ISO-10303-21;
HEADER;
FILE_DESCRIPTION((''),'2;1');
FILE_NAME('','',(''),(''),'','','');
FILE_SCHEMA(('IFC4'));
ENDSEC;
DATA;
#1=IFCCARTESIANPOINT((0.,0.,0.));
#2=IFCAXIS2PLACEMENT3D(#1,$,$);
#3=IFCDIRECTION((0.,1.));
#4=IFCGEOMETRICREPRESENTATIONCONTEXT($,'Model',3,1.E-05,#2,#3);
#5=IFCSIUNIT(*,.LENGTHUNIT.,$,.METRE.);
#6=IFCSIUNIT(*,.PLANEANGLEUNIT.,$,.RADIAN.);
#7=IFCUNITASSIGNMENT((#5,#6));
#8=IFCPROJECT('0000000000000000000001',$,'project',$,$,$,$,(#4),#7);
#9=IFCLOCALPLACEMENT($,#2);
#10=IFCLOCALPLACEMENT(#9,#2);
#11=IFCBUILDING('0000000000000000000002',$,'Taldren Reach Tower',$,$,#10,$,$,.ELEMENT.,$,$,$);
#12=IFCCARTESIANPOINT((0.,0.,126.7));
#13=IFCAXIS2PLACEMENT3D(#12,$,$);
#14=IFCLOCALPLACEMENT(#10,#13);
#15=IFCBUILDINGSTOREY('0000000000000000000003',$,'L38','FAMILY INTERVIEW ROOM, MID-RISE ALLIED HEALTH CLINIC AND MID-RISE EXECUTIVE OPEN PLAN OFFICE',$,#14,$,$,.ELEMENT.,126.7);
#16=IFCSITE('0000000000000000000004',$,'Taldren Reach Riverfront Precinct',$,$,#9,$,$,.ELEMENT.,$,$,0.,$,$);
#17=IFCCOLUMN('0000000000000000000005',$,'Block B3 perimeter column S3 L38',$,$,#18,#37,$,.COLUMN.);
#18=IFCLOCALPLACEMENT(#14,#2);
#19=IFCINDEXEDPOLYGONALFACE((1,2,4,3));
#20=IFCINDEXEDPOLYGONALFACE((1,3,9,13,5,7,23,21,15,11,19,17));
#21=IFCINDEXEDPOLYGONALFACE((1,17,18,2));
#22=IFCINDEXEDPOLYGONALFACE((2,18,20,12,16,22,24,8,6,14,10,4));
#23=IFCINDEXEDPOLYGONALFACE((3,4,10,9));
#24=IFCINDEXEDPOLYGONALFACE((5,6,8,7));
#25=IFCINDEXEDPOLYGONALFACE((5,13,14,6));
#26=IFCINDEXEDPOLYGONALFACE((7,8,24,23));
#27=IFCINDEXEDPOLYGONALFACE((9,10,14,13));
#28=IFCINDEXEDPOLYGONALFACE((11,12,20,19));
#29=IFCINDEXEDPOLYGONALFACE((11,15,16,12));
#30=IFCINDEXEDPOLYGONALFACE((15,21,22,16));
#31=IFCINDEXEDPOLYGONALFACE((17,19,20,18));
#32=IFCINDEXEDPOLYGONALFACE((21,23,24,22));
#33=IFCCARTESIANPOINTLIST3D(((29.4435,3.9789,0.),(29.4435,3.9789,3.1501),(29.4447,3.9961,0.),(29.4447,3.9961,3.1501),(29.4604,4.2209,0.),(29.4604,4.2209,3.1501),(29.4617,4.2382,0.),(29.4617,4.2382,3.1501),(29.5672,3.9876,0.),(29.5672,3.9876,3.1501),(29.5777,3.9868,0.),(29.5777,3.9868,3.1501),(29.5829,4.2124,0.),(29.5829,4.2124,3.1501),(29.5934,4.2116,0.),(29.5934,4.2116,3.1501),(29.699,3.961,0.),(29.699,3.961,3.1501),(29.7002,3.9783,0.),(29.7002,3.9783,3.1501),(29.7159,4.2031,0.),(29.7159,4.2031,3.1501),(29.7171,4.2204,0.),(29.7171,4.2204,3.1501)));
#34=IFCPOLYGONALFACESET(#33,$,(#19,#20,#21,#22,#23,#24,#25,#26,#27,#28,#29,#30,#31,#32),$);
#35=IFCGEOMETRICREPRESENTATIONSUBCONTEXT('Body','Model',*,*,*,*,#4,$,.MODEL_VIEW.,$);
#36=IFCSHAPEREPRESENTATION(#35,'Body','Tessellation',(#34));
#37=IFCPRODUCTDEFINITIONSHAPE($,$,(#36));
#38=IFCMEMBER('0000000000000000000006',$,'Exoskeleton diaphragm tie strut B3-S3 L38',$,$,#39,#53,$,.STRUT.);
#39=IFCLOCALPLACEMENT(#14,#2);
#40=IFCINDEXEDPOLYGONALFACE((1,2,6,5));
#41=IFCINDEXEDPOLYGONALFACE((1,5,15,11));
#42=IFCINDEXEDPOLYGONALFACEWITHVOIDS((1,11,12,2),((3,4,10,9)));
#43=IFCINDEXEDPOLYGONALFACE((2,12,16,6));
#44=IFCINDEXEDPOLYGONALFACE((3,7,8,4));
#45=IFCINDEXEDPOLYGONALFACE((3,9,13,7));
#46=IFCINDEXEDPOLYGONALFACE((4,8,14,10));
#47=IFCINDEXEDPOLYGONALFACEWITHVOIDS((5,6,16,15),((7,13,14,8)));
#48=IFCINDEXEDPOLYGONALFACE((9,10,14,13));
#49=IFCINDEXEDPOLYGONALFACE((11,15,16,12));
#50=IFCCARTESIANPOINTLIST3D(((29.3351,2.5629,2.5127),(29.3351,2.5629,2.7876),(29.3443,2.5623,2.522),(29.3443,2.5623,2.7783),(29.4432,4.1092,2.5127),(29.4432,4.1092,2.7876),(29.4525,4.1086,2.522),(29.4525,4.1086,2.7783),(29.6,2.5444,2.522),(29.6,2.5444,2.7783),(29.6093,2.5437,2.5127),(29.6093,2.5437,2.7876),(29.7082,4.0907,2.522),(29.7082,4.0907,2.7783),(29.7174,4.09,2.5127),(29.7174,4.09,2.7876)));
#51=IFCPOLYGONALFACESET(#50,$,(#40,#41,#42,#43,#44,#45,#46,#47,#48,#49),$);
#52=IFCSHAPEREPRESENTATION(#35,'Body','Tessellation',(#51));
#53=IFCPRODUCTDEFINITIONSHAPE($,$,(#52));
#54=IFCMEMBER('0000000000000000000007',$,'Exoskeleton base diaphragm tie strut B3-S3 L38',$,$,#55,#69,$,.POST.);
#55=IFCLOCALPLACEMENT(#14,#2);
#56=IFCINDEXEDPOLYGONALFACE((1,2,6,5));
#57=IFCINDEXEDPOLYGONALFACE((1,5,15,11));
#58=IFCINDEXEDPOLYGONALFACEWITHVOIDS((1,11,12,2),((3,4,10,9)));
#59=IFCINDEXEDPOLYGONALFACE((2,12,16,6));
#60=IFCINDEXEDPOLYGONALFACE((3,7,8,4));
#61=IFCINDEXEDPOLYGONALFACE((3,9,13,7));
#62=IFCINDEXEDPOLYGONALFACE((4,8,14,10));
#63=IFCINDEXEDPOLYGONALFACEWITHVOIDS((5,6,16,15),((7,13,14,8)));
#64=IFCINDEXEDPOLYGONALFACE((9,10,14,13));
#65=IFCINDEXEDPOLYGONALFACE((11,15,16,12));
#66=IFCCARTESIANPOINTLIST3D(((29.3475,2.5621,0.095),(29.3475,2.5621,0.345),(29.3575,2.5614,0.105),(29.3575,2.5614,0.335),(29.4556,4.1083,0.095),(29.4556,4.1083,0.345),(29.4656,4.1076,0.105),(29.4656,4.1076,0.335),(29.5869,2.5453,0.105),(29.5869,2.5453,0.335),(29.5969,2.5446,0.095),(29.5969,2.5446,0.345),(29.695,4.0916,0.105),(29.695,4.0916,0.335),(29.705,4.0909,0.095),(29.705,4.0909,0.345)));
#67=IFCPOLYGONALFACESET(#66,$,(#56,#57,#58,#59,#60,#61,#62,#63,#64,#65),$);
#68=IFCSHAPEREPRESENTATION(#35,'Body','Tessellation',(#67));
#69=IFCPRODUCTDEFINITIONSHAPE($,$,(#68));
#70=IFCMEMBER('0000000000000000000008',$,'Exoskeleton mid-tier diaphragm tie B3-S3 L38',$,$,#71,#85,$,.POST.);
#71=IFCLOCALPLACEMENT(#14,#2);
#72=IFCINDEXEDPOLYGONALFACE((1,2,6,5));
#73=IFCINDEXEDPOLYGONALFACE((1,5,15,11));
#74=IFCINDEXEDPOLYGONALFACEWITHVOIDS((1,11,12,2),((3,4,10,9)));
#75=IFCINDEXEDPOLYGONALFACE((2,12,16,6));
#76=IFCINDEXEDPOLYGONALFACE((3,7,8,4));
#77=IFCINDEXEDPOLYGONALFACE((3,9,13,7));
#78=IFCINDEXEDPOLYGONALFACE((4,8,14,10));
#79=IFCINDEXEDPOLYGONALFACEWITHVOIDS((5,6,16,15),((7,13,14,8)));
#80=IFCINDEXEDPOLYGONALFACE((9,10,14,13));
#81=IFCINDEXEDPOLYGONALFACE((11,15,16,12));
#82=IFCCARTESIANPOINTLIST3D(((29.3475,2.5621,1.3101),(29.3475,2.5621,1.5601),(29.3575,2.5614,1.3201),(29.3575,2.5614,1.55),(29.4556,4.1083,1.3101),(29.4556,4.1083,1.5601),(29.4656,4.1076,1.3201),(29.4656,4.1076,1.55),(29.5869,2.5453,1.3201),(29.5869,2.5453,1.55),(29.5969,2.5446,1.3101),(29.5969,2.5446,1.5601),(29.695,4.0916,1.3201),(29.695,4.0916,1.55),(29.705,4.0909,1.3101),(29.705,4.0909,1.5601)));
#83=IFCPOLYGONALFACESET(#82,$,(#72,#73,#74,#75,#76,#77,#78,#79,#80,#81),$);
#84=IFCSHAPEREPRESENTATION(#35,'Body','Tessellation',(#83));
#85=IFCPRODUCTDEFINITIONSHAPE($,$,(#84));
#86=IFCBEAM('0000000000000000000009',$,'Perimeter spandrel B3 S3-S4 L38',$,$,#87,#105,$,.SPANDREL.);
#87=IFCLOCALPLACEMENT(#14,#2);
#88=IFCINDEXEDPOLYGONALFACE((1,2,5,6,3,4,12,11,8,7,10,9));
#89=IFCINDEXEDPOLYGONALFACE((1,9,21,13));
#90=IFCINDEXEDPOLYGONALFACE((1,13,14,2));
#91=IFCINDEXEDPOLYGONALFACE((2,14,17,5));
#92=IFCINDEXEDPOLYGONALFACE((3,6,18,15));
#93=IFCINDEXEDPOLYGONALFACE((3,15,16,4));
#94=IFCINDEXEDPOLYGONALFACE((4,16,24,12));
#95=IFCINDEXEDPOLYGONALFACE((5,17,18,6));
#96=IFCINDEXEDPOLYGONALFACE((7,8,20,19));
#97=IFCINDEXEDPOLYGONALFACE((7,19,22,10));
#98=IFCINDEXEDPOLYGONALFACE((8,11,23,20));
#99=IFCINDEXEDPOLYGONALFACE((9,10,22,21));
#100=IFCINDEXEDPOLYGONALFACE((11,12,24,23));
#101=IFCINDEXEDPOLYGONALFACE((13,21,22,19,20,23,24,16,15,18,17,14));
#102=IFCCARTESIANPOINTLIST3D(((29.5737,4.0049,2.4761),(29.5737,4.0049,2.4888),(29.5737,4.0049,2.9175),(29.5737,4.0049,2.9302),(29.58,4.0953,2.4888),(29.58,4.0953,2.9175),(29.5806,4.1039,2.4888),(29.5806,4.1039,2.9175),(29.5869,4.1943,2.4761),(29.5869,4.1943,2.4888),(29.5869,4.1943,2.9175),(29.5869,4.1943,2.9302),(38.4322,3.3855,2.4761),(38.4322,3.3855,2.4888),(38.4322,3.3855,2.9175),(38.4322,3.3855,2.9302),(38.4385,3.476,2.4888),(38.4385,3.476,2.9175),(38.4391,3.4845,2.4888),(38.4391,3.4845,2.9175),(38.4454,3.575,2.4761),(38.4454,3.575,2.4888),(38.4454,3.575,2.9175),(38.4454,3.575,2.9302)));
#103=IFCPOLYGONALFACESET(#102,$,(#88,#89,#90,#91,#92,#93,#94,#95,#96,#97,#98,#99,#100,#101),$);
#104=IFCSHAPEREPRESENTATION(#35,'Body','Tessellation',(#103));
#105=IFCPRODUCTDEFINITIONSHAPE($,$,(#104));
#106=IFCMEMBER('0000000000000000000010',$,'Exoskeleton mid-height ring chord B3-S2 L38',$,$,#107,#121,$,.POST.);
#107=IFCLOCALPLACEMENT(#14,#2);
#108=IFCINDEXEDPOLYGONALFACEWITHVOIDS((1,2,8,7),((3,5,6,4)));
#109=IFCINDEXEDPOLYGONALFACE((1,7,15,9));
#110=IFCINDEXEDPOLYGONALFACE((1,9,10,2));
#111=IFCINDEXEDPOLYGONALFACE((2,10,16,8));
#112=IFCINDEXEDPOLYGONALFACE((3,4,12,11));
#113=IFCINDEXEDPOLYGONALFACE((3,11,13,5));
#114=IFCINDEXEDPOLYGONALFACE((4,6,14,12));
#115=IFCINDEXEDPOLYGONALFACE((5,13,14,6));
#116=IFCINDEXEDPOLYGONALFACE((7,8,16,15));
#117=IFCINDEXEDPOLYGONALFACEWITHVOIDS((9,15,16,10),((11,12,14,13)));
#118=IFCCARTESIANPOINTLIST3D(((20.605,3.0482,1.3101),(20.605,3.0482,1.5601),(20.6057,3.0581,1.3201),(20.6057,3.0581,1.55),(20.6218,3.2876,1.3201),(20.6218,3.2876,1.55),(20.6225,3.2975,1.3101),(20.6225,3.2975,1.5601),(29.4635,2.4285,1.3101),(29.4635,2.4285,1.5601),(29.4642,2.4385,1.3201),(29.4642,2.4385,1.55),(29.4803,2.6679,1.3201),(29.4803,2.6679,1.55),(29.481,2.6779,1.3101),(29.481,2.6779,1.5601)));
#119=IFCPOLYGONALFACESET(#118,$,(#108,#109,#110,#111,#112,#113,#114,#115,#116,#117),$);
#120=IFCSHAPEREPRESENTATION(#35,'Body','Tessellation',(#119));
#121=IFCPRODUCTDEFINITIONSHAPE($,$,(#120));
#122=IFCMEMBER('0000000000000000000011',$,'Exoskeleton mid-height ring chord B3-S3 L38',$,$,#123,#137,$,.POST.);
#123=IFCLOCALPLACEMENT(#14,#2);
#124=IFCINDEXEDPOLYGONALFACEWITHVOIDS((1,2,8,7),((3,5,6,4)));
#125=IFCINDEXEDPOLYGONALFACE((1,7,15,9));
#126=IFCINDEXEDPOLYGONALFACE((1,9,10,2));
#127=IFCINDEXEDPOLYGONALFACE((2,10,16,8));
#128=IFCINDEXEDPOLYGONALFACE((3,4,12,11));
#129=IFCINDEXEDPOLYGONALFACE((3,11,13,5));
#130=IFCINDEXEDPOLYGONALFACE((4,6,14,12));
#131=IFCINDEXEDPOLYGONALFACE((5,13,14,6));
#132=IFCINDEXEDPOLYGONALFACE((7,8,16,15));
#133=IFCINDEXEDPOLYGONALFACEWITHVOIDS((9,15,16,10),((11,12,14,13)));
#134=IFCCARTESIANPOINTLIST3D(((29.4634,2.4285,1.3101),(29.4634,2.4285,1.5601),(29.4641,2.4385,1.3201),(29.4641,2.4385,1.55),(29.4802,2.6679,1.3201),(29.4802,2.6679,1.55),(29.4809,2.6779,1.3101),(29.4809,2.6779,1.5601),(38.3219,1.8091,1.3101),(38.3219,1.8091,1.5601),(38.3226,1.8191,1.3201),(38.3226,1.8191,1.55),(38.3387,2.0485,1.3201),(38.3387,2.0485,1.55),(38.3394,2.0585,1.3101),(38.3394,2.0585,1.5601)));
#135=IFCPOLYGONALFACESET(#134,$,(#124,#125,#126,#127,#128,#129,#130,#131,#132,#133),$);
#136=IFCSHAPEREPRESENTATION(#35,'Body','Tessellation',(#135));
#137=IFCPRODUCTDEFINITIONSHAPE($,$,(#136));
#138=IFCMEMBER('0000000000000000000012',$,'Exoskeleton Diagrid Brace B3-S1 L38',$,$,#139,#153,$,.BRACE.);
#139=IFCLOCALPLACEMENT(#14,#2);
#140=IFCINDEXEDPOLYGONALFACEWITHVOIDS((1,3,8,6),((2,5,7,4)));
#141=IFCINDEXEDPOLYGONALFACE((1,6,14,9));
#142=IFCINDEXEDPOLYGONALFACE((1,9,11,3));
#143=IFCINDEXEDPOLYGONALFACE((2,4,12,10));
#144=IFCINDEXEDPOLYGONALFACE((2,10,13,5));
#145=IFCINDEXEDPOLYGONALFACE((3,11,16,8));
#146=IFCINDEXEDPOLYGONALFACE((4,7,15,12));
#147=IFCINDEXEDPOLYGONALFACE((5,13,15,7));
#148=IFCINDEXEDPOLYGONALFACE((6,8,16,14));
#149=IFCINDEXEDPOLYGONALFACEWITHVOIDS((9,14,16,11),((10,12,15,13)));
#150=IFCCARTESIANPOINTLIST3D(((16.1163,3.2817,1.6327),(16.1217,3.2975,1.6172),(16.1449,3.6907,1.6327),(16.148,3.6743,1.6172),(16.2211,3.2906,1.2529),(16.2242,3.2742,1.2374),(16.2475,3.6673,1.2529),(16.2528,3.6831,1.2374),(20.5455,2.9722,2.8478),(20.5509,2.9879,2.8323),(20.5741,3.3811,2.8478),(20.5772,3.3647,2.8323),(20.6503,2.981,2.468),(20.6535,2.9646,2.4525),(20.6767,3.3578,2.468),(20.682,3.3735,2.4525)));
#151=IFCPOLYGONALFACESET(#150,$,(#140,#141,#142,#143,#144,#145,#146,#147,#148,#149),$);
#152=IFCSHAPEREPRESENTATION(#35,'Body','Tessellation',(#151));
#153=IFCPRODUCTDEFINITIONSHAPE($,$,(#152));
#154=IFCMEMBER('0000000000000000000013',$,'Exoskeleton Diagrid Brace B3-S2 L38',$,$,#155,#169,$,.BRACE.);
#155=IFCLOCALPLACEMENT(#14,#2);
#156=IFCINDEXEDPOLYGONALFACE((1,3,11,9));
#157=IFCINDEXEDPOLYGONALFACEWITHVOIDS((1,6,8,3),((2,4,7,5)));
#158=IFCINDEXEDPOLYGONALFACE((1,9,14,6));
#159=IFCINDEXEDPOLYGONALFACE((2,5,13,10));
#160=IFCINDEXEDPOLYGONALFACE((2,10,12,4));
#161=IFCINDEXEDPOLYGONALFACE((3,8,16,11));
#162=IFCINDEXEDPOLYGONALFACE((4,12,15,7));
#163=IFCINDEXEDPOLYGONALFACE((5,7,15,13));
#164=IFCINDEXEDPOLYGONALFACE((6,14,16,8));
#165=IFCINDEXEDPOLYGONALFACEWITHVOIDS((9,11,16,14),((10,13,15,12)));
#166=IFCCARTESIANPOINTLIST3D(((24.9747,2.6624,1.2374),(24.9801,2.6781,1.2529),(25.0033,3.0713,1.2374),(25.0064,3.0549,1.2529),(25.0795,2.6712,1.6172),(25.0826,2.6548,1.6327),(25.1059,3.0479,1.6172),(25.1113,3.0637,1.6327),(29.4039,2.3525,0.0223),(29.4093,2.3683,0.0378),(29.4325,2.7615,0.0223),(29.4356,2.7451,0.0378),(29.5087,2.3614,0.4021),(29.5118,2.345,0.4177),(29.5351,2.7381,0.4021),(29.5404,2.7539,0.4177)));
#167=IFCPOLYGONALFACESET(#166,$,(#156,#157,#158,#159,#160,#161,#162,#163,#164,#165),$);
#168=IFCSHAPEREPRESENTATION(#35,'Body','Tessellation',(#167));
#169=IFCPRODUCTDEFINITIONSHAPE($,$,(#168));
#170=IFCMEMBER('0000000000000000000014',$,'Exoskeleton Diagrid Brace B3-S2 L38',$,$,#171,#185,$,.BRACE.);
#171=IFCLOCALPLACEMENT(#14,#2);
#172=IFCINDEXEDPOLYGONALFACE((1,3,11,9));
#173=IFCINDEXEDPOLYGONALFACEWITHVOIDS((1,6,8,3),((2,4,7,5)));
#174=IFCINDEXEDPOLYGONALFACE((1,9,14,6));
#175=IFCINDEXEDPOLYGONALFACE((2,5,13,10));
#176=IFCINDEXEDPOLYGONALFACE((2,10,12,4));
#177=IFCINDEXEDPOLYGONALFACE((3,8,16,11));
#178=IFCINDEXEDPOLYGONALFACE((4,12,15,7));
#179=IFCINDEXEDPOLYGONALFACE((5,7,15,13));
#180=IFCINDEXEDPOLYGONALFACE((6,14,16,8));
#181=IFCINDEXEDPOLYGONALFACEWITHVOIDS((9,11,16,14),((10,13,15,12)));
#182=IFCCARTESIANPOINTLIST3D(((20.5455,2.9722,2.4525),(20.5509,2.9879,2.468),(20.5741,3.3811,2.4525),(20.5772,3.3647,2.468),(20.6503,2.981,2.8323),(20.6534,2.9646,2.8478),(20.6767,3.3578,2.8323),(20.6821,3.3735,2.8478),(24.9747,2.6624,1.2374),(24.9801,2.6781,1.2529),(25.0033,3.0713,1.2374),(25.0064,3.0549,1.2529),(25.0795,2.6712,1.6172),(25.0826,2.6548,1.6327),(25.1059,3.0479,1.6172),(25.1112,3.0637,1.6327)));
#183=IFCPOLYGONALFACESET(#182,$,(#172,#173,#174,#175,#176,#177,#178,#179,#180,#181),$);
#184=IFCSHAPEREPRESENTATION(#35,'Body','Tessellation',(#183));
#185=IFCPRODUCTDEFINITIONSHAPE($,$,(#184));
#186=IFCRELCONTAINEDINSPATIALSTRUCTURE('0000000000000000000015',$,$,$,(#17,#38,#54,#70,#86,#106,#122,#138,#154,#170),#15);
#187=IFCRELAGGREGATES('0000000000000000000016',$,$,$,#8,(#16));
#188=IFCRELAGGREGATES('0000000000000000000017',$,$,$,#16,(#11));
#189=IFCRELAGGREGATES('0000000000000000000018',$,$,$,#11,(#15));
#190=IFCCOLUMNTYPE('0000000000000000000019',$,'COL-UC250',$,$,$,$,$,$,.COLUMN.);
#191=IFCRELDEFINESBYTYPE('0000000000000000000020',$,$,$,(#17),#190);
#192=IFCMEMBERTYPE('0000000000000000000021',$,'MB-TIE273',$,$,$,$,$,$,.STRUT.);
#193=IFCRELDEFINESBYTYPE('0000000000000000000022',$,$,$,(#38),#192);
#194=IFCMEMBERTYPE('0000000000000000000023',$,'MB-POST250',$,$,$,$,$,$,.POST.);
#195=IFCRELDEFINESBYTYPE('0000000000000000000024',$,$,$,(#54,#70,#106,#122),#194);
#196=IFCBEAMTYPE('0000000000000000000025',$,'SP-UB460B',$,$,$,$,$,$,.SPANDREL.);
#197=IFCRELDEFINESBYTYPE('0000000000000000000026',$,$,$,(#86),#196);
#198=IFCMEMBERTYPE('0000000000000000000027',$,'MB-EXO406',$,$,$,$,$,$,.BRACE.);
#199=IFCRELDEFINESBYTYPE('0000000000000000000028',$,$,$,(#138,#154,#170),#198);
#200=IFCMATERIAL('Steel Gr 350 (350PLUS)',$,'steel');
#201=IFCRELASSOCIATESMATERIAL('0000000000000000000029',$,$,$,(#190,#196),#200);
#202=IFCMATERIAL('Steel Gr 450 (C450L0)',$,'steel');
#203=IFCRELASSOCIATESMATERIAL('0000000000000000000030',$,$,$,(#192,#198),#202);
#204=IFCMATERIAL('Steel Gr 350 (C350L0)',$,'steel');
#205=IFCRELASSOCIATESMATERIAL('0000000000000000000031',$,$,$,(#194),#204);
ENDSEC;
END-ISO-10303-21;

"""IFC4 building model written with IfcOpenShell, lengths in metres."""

from ifc_helpers import new_model, si_unit, direction, frame, origin, origin_2d, place, context, subcontext, project, spatial, hollow_rectangle, i_section, extrude, source, transform, mapped, material, material_profile, profile_set, type_object, element, save


model = new_model("IFC4")

# Units and contexts
model_context = context("Model", 3, precision=1e-05, world=origin(), true_north=direction((0.0, 1.0)))
body_context = subcontext(model_context, "Body", "Model", "MODEL_VIEW")
ifc_project = project(units=[si_unit("LENGTHUNIT", "METRE"), si_unit("PLANEANGLEUNIT", "RADIAN")], contexts=[model_context])

# Site, building, storey
site_placement = place(None, origin())
site = spatial("IfcSite", under=ifc_project, at=site_placement, Name="Taldren Reach Riverfront Precinct", CompositionType="ELEMENT", RefElevation=0.0)
building_placement = place(site_placement, origin())
building = spatial("IfcBuilding", under=site, at=building_placement, Name="Taldren Reach Tower", CompositionType="ELEMENT")
storey_placement = place(building_placement, frame((0.0, 0.0, 126.7)))
storey = spatial("IfcBuildingStorey", under=building, at=storey_placement, Name="L38", Description="FAMILY INTERVIEW ROOM, MID-RISE ALLIED HEALTH CLINIC AND MID-RISE EXECUTIVE OPEN PLAN OFFICE", CompositionType="ELEMENT", Elevation=126.7)

# Column
ifc_material_1 = material(Name="Steel Gr 350 (350PLUS)", Category="steel")
ifc_material_profile_1 = material_profile(ifc_material_1, i_section(OverallWidth=0.2561, OverallDepth=0.26, WebThickness=0.0105, FlangeThickness=0.0173, at=origin_2d()), Name="250UC89.5")
ifc_profile_set_1 = profile_set([ifc_material_profile_1], Name="Steel Gr 350 (350PLUS)")
column_type = type_object("IfcColumnType", Name="COL-UC250", PredefinedType="COLUMN", material=ifc_profile_set_1)
shared_shape_1 = source(origin(), body_context, "Body", "SweptSolid", [
    extrude(i_section(OverallWidth=0.2561, OverallDepth=0.26, WebThickness=0.0105, FlangeThickness=0.0173, at=origin_2d()), origin(), (0.0, 0.0, 1.0), 3.1501),
])
column_placement = place(storey_placement, frame((29.5803, 4.0996, 0.0), z_axis=(0.0, 0.0, 1.0), x_axis=(0.997564, -0.069756, 0.0)))
element("IfcColumn", 1, at=column_placement, inside=storey, type_object=column_type, Name="Block B3 perimeter column S3 L38", PredefinedType="COLUMN", context=body_context, shape_type="MappedRepresentation", body=[
    mapped(shared_shape_1, transform((0.0, 0.0, 0.0), scale=1.0)),
])

# Members
ifc_material_2 = material(Name="Steel Gr 450 (C450L0)", Category="steel")
ifc_material_profile_2 = material_profile(ifc_material_2, hollow_rectangle(XDim=0.2749, YDim=0.2749, WallThickness=0.0093, at=origin_2d()), Name="275x275x9.3SHS")
ifc_profile_set_2 = profile_set([ifc_material_profile_2], Name="Steel Gr 450 (C450L0)")
member_type_1 = type_object("IfcMemberType", Name="MB-TIE273", PredefinedType="STRUT", material=ifc_profile_set_2)
shared_shape_2 = source(origin(), body_context, "Body", "SweptSolid", [
    extrude(hollow_rectangle(XDim=0.2749, YDim=0.2749, WallThickness=0.0093, at=origin_2d()), origin(), (0.0, 0.0, 1.0), 1.55),
])
member_1_placement = place(storey_placement, frame((29.5803, 4.0996, 2.6501), z_axis=(-0.06977, -0.997563, 0.0), x_axis=(0.997563, -0.06977, 0.0)))
element("IfcMember", 2, at=member_1_placement, inside=storey, type_object=member_type_1, Name="Exoskeleton diaphragm tie strut B3-S3 L38", PredefinedType="STRUT", context=body_context, shape_type="MappedRepresentation", body=[
    mapped(shared_shape_2, transform((0.0, 0.0, 0.0), scale=1.0)),
])
ifc_material_3 = material(Name="Steel Gr 350 (C350L0)", Category="steel")
ifc_material_profile_3 = material_profile(ifc_material_3, hollow_rectangle(XDim=0.25, YDim=0.25, WallThickness=0.01, at=origin_2d()), Name="250x250x10.0SHS")
ifc_profile_set_3 = profile_set([ifc_material_profile_3], Name="Steel Gr 350 (C350L0)")
member_type_2 = type_object("IfcMemberType", Name="MB-POST250", PredefinedType="POST", material=ifc_profile_set_3)
shared_shape_3 = source(origin(), body_context, "Body", "SweptSolid", [
    extrude(hollow_rectangle(XDim=0.25, YDim=0.25, WallThickness=0.01, at=origin_2d()), origin(), (0.0, 0.0, 1.0), 1.55),
])
for number, where, z_axis, x_axis, name in (
    (3, (29.5803, 4.0996, 0.22), (-0.06977, -0.997563, 0.0), (0.997563, -0.06977, 0.0), "Exoskeleton base diaphragm tie strut B3-S3 L38"),
    (4, (29.5803, 4.0996, 1.4351), (-0.06977, -0.997563, 0.0), (0.997563, -0.06977, 0.0), "Exoskeleton mid-tier diaphragm tie B3-S3 L38"),
):
    element("IfcMember", number, at=place(storey_placement, frame(where, z_axis=z_axis, x_axis=x_axis)), inside=storey, type_object=member_type_2, Name=name, PredefinedType="POST", context=body_context, shape_type="MappedRepresentation", body=[
        mapped(shared_shape_3, transform((0.0, 0.0, 0.0), scale=1.0)),
    ])

# Beam
ifc_material_profile_4 = material_profile(ifc_material_1, i_section(OverallWidth=0.1899, OverallDepth=0.4541, WebThickness=0.0085, FlangeThickness=0.0127, at=origin_2d()), Name="460UB67.1")
ifc_profile_set_4 = profile_set([ifc_material_profile_4], Name="Steel Gr 350 (350PLUS)")
beam_type = type_object("IfcBeamType", Name="SP-UB460B", PredefinedType="SPANDREL", material=ifc_profile_set_4)
shared_shape_4 = source(origin(), body_context, "Body", "SweptSolid", [
    extrude(i_section(OverallWidth=0.1899, OverallDepth=0.4541, WebThickness=0.0085, FlangeThickness=0.0127, at=origin_2d()), origin(), (0.0, 0.0, 1.0), 8.8801),
])
beam_placement = place(storey_placement, frame((29.5803, 4.0996, 2.7031), z_axis=(0.997564, -0.06975, 0.0), x_axis=(0.06975, 0.997564, 0.0)))
element("IfcBeam", 5, at=beam_placement, inside=storey, type_object=beam_type, Name="Perimeter spandrel B3 S3-S4 L38", PredefinedType="SPANDREL", context=body_context, shape_type="MappedRepresentation", body=[
    mapped(shared_shape_4, transform((0.0, 0.0, 0.0), scale=1.0)),
])

# Members
shared_shape_5 = source(origin(), body_context, "Body", "SweptSolid", [
    extrude(hollow_rectangle(XDim=0.25, YDim=0.25, WallThickness=0.01, at=origin_2d()), origin(), (0.0, 0.0, 1.0), 8.8801),
])
for number, where, z_axis, x_axis, name in (
    (6, (20.6138, 3.1729, 1.4351), (0.997563, -0.069778, 0.0), (0.069778, 0.997563, 0.0), "Exoskeleton mid-height ring chord B3-S2 L38"),
    (7, (29.4722, 2.5532, 1.4351), (0.997564, -0.06975, 0.0), (0.06975, 0.997564, 0.0), "Exoskeleton mid-height ring chord B3-S3 L38"),
):
    element("IfcMember", number, at=place(storey_placement, frame(where, z_axis=z_axis, x_axis=x_axis)), inside=storey, type_object=member_type_2, Name=name, PredefinedType="POST", context=body_context, shape_type="MappedRepresentation", body=[
        mapped(shared_shape_5, transform((0.0, 0.0, 0.0), scale=1.0)),
    ])
ifc_material_profile_5 = material_profile(ifc_material_2, hollow_rectangle(XDim=0.4099, YDim=0.4099, WallThickness=0.0161, at=origin_2d()), Name="410x410x16.0SHS")
ifc_profile_set_5 = profile_set([ifc_material_profile_5], Name="Steel Gr 450 (C450L0)")
member_type_3 = type_object("IfcMemberType", Name="MB-EXO406", PredefinedType="BRACE", material=ifc_profile_set_5)
shared_shape_6 = source(origin(), body_context, "Body", "SweptSolid", [
    extrude(hollow_rectangle(XDim=0.4099, YDim=0.4099, WallThickness=0.0161, at=origin_2d()), origin(), (0.0, 0.0, 1.0), 4.6033),
])
for number, where, z_axis, x_axis, name in (
    (8, (16.1846, 3.4824, 1.4351), (0.962186, -0.06725, 0.263962), (0.069723, 0.997566, 0.0), "Exoskeleton Diagrid Brace B3-S1 L38"),
    (9, (29.4722, 2.5532, 0.22), (-0.962182, 0.067303, 0.263961), (-0.069778, -0.997563, 0.0), "Exoskeleton Diagrid Brace B3-S2 L38"),
    (10, (25.043, 2.863, 1.4351), (-0.962182, 0.067303, 0.263961), (-0.069778, -0.997563, 0.0), "Exoskeleton Diagrid Brace B3-S2 L38"),
):
    element("IfcMember", number, at=place(storey_placement, frame(where, z_axis=z_axis, x_axis=x_axis)), inside=storey, type_object=member_type_3, Name=name, PredefinedType="BRACE", context=body_context, shape_type="MappedRepresentation", body=[
        mapped(shared_shape_6, transform((0.0, 0.0, 0.0), scale=1.0)),
    ])

save(model, "model.ifc")
